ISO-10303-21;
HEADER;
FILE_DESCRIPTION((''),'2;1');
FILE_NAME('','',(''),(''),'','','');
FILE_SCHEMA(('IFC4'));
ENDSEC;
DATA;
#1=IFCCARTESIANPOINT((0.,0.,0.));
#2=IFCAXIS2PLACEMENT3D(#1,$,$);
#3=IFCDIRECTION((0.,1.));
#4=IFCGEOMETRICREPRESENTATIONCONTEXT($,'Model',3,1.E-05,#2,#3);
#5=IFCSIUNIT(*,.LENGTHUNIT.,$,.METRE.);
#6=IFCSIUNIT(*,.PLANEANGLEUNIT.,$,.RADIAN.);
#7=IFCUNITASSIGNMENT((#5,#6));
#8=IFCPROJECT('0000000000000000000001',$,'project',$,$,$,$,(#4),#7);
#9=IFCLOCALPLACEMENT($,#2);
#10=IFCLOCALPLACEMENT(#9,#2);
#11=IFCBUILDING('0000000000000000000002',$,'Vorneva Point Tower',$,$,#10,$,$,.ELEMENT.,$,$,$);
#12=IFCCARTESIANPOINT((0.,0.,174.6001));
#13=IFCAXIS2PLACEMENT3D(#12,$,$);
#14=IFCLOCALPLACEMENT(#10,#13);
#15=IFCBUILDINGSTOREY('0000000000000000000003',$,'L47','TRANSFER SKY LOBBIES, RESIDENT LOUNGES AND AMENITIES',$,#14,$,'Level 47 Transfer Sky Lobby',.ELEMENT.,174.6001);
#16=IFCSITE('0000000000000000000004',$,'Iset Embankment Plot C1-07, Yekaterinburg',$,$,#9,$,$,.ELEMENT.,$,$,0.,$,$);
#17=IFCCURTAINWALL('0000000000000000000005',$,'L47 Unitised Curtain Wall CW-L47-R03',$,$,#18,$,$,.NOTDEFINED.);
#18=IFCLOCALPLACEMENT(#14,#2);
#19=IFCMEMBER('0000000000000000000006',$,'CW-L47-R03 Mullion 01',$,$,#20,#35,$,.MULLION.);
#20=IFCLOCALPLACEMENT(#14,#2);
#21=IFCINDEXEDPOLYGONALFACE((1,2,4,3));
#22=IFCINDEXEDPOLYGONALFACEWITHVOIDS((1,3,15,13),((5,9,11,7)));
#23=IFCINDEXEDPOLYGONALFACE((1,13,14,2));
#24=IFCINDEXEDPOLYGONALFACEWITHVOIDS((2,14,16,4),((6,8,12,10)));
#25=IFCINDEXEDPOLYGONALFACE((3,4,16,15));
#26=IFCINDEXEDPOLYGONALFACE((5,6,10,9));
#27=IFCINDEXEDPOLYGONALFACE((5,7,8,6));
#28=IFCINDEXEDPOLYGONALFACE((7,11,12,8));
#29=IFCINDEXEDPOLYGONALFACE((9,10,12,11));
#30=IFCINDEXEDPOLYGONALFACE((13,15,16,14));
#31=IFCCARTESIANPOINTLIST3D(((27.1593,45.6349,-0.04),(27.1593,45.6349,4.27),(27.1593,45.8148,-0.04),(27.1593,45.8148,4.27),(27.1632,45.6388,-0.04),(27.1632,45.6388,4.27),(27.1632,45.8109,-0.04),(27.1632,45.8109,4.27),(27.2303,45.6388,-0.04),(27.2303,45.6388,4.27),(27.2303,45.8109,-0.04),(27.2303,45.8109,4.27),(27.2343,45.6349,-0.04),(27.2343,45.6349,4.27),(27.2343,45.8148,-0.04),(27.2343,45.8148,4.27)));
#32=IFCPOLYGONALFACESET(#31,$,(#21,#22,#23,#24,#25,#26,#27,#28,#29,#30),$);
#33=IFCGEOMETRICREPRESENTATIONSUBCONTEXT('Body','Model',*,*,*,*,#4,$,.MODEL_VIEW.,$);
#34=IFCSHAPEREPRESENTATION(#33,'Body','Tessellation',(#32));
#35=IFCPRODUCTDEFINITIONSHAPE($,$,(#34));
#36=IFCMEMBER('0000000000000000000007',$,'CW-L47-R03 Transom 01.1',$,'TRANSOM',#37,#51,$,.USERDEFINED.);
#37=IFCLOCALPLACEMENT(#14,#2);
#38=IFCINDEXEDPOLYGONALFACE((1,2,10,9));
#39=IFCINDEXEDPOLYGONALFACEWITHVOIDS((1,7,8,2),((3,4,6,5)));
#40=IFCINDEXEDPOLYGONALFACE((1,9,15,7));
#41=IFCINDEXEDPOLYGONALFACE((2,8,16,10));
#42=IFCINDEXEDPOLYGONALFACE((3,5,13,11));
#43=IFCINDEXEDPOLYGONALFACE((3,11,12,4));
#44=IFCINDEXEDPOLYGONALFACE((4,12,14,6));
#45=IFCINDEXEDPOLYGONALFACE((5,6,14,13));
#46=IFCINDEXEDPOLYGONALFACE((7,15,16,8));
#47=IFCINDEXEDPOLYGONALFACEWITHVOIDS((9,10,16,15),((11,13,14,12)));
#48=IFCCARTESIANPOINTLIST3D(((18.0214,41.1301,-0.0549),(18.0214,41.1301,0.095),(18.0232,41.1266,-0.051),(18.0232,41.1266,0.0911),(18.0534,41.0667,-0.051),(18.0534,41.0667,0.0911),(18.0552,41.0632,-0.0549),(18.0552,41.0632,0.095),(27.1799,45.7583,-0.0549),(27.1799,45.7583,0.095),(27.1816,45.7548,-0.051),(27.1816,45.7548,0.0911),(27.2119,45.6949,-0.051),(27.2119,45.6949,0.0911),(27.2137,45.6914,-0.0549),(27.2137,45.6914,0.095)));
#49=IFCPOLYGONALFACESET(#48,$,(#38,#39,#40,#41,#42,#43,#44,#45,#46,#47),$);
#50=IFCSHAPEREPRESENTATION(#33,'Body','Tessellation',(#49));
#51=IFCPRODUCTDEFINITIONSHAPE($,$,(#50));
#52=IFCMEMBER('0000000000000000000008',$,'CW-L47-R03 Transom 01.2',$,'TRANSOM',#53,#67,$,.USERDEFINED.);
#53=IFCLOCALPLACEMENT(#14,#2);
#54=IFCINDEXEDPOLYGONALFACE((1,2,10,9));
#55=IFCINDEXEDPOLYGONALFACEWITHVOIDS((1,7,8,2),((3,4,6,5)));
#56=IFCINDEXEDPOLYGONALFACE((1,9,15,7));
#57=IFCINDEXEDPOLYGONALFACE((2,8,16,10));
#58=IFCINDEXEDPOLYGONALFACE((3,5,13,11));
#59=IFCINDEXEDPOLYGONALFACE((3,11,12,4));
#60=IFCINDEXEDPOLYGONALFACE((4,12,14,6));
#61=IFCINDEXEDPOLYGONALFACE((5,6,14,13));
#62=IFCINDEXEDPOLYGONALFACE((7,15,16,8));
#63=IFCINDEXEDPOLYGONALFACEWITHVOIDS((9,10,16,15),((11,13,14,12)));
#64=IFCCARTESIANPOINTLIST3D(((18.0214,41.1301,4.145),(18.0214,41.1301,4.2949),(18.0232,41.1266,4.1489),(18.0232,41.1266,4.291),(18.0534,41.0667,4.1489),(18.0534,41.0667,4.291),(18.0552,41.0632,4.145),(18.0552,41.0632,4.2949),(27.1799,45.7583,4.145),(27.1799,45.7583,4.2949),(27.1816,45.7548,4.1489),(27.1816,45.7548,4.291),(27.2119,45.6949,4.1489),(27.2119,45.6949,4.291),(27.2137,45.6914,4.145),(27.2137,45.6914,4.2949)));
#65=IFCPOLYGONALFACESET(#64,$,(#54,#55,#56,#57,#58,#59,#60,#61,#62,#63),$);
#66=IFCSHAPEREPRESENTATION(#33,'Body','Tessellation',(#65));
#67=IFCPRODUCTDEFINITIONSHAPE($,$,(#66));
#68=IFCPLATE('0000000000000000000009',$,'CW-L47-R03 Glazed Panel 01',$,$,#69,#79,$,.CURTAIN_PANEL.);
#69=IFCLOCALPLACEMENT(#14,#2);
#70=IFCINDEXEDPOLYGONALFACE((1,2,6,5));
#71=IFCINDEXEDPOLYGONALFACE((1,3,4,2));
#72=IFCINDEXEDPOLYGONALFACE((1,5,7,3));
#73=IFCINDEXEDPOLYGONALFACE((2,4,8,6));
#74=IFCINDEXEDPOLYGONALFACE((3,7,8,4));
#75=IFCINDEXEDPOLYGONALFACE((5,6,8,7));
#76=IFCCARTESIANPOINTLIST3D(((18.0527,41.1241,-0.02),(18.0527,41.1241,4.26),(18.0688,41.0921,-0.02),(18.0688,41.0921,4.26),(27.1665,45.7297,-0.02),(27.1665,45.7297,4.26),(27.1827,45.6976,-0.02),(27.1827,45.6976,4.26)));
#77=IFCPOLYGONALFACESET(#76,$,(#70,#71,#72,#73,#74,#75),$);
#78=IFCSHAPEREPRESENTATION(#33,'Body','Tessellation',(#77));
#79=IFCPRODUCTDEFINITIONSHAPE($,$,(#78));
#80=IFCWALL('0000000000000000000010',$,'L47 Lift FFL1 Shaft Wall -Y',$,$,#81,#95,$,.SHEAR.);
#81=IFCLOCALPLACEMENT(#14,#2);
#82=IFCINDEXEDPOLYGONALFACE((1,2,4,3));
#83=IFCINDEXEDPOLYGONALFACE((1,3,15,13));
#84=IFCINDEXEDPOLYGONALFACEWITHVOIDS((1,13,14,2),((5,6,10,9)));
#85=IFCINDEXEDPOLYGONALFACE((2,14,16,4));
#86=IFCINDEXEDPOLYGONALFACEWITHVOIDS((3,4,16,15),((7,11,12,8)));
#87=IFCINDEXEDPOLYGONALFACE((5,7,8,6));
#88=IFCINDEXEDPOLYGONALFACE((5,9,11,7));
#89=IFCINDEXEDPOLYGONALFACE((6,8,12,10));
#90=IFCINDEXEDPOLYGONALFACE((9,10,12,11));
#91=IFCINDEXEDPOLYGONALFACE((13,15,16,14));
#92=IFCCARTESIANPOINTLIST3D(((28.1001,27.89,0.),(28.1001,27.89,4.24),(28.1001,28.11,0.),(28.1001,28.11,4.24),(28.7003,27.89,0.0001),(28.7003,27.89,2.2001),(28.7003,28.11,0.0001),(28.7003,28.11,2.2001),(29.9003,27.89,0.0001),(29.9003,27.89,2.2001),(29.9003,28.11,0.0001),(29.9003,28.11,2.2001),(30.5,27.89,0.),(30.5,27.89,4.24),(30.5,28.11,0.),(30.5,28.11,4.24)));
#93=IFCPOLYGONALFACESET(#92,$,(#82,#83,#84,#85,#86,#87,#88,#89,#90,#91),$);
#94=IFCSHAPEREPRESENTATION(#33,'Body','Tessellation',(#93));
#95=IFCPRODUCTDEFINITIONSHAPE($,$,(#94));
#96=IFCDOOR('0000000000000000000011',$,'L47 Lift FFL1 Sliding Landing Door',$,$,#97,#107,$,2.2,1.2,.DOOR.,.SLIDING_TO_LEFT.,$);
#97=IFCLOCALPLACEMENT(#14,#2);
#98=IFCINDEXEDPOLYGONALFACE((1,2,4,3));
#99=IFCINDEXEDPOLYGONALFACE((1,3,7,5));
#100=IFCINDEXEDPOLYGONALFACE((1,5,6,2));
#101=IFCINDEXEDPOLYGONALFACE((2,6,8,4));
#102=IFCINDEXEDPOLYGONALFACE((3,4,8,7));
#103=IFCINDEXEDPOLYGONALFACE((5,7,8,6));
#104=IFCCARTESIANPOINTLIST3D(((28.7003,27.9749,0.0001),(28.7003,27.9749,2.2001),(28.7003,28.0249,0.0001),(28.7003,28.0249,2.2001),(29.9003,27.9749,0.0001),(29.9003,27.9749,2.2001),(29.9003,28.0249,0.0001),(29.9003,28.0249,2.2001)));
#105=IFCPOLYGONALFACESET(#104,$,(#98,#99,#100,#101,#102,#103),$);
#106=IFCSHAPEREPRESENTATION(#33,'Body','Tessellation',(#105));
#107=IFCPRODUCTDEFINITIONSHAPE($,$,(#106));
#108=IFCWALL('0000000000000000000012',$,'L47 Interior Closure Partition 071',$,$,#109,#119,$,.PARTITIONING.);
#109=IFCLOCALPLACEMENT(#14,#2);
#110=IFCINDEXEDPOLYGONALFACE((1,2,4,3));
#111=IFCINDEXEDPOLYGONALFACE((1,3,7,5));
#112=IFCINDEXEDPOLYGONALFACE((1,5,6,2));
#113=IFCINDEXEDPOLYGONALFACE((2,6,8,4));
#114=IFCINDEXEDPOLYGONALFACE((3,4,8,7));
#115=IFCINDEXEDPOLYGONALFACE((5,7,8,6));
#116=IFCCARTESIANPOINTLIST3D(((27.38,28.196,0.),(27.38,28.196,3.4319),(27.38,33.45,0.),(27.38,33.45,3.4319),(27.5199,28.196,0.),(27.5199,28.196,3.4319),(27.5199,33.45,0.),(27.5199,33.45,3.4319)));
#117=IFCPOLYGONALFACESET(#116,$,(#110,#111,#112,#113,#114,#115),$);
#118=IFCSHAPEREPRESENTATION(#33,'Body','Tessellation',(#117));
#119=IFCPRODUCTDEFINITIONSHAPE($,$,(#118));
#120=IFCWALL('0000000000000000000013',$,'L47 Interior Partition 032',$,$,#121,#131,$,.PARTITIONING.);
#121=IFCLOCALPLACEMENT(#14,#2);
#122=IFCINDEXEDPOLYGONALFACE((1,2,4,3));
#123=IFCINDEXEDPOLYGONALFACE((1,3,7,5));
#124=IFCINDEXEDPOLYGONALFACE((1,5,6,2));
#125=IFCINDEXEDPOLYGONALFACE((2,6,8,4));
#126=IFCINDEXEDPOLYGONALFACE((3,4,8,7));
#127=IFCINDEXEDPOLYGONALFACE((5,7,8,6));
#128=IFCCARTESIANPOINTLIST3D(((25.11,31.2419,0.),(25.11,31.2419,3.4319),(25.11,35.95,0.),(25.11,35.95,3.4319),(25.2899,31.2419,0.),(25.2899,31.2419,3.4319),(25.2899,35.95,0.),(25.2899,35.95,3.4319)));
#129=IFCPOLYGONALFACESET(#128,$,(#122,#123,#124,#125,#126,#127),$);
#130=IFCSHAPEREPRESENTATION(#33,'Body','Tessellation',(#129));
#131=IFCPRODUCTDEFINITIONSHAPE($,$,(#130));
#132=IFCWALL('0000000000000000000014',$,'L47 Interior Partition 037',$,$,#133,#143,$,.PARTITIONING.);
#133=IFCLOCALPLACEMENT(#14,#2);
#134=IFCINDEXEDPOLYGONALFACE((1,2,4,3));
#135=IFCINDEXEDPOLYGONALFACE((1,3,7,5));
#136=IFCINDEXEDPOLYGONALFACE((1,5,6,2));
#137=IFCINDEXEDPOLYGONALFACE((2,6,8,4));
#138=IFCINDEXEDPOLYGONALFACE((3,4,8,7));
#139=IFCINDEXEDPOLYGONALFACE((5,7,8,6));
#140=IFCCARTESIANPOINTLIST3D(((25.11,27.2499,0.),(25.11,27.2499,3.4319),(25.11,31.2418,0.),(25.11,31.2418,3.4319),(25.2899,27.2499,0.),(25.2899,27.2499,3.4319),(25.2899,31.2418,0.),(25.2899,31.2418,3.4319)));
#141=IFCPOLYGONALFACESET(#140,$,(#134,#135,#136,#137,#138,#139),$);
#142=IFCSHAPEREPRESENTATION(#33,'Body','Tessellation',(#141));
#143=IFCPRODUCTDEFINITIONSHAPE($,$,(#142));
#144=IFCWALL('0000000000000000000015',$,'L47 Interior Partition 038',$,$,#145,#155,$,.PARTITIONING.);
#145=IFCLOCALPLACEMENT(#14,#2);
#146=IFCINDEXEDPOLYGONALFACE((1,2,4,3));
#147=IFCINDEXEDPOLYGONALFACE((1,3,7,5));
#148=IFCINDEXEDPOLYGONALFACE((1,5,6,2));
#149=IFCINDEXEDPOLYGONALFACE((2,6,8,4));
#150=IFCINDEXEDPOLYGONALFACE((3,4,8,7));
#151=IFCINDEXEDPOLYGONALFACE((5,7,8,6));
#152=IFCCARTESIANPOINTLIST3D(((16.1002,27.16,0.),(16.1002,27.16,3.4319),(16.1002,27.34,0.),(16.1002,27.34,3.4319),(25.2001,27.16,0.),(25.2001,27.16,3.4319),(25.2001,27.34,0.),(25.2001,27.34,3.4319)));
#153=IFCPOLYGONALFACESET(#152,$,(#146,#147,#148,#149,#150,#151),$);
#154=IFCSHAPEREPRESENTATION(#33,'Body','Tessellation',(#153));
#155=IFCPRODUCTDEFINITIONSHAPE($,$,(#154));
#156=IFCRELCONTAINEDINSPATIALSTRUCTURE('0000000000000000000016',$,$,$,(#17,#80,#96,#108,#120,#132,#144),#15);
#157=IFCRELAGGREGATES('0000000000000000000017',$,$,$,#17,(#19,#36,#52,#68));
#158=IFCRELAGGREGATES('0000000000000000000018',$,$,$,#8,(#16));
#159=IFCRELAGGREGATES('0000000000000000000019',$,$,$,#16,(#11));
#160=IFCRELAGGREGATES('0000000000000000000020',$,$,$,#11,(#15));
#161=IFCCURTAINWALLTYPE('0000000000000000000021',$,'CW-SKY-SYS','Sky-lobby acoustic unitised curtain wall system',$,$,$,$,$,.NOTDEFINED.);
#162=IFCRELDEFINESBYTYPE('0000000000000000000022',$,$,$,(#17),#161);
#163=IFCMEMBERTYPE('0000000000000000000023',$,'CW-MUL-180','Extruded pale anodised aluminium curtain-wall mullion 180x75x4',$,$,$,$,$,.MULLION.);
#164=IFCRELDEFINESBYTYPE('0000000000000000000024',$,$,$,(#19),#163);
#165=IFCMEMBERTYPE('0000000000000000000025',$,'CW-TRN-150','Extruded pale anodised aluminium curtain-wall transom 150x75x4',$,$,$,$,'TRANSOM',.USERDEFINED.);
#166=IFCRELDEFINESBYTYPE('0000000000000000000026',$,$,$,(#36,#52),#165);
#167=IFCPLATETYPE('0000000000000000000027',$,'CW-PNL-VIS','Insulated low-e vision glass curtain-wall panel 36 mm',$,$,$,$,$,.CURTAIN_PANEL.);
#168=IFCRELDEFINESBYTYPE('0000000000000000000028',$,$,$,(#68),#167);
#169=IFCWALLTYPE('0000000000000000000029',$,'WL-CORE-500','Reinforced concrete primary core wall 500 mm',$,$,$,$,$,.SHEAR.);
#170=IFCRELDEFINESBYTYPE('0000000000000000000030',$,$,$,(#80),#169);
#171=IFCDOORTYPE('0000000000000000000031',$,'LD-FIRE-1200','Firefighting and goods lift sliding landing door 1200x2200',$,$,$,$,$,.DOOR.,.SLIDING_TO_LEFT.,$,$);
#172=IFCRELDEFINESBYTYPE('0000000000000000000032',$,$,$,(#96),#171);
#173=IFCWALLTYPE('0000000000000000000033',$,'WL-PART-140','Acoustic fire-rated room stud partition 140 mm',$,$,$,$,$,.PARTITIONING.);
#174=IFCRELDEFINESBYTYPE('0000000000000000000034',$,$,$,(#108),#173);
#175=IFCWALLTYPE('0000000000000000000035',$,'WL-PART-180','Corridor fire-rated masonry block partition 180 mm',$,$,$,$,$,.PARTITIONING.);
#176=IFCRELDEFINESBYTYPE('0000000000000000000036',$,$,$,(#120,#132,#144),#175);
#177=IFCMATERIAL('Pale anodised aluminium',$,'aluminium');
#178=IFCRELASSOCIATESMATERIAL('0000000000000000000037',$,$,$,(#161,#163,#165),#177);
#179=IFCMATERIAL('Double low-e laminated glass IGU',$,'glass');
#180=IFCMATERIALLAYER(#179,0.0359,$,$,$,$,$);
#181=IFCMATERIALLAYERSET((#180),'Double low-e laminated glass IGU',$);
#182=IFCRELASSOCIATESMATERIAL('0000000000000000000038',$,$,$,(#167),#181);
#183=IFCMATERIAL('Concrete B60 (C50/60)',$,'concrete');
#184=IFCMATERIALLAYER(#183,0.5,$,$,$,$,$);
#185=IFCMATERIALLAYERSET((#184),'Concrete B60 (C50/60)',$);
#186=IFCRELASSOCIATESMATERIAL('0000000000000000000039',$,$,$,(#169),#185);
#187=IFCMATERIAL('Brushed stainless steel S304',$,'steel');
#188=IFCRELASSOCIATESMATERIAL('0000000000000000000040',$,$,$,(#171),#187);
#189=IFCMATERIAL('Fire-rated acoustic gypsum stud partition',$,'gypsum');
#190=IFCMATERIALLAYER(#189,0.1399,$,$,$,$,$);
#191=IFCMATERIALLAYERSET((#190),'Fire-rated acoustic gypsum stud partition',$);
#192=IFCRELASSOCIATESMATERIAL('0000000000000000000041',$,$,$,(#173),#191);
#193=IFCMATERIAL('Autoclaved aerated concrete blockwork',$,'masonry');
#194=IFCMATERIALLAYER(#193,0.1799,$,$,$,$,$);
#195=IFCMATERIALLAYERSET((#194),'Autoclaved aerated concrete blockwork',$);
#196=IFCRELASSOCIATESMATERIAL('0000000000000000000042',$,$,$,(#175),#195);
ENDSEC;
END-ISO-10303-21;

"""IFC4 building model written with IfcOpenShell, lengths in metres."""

from ifc_helpers import new_model, si_unit, direction, frame, frame_2d, origin, origin_2d, place, context, subcontext, project, spatial, rectangle, hollow_rectangle, extrude, material, layer, layer_set, material_profile, profile_set, type_object, element, fill, aggregate, save


model = new_model("IFC4")

# Units and contexts
model_context = context("Model", 3, precision=1e-05, world=origin(), true_north=direction((0.0, 1.0)))
body_context = subcontext(model_context, "Body", "Model", "MODEL_VIEW")
ifc_project = project(units=[si_unit("LENGTHUNIT", "METRE"), si_unit("PLANEANGLEUNIT", "RADIAN")], contexts=[model_context])

# Site, building, storey
site_placement = place(None, origin())
site = spatial("IfcSite", under=ifc_project, at=site_placement, Name="Iset Embankment Plot C1-07, Yekaterinburg", CompositionType="ELEMENT", RefElevation=0.0)
building_placement = place(site_placement, origin())
building = spatial("IfcBuilding", under=site, at=building_placement, Name="Vorneva Point Tower", CompositionType="ELEMENT")
storey_placement = place(building_placement, frame((0.0, 0.0, 174.6001)))
storey = spatial("IfcBuildingStorey", under=building, at=storey_placement, Name="L47", Description="TRANSFER SKY LOBBIES, RESIDENT LOUNGES AND AMENITIES", LongName="Level 47 Transfer Sky Lobby", CompositionType="ELEMENT", Elevation=174.6001)

# Shared definitions
ifc_material_1 = material(Name="Concrete B60 (C50/60)", Category="concrete")

# Curtain wall, members, plate
ifc_material_2 = material(Name="Pale anodised aluminium", Category="aluminium")
curtain_wall_type = type_object("IfcCurtainWallType", Name="CW-SKY-SYS", Description="Sky-lobby acoustic unitised curtain wall system", PredefinedType="NOTDEFINED", material=ifc_material_2)
curtain_wall_placement = place(storey_placement, origin())
curtain_wall = element("IfcCurtainWall", 1, at=curtain_wall_placement, inside=storey, type_object=curtain_wall_type, Name="L47 Unitised Curtain Wall CW-L47-R03", PredefinedType="NOTDEFINED")
ifc_material_profile_1 = material_profile(ifc_material_2, hollow_rectangle(XDim=0.075, YDim=0.1799, WallThickness=0.0039, at=origin_2d()), Name="AL-MUL 180x75x4")
ifc_profile_set_1 = profile_set([ifc_material_profile_1], Name="Pale anodised aluminium")
member_type_1 = type_object("IfcMemberType", Name="CW-MUL-180", Description="Extruded pale anodised aluminium curtain-wall mullion 180x75x4", PredefinedType="MULLION", material=ifc_profile_set_1)
member_1_placement = place(storey_placement, frame((27.1968, 45.7249, -0.04), z_axis=(0.0, 0.0, 1.0), x_axis=(1.0, 0.0, 0.0)))
member_1 = element("IfcMember", 2, at=member_1_placement, type_object=member_type_1, Name="CW-L47-R03 Mullion 01", PredefinedType="MULLION", context=body_context, shape_type="SweptSolid", body=[
    extrude(hollow_rectangle(XDim=0.075, YDim=0.1799, WallThickness=0.0039, at=origin_2d()), origin(), (0.0, 0.0, 1.0), 4.3101),
])
ifc_material_profile_2 = material_profile(ifc_material_2, hollow_rectangle(XDim=0.075, YDim=0.1499, WallThickness=0.0039, at=origin_2d()), Name="AL-TRN 150x75x4")
ifc_profile_set_2 = profile_set([ifc_material_profile_2], Name="Pale anodised aluminium")
member_type_2 = type_object("IfcMemberType", Name="CW-TRN-150", Description="Extruded pale anodised aluminium curtain-wall transom 150x75x4", ElementType="TRANSOM", PredefinedType="USERDEFINED", material=ifc_profile_set_2)
member_2_placement = place(storey_placement, frame((27.1968, 45.7249, 0.02), z_axis=(-0.892511, -0.451026, 0.0), x_axis=(0.451026, -0.892511, 0.0)))
member_2 = element("IfcMember", 3, at=member_2_placement, type_object=member_type_2, Name="CW-L47-R03 Transom 01.1", ObjectType="TRANSOM", PredefinedType="USERDEFINED", context=body_context, shape_type="SweptSolid", body=[
    extrude(hollow_rectangle(XDim=0.075, YDim=0.1499, WallThickness=0.0039, at=origin_2d()), origin(), (0.0, 0.0, 1.0), 10.2615),
])
member_3_placement = place(storey_placement, frame((27.1968, 45.7249, 4.22), z_axis=(-0.892511, -0.451026, 0.0), x_axis=(0.451026, -0.892511, 0.0)))
member_3 = element("IfcMember", 4, at=member_3_placement, type_object=member_type_2, Name="CW-L47-R03 Transom 01.2", ObjectType="TRANSOM", PredefinedType="USERDEFINED", context=body_context, shape_type="SweptSolid", body=[
    extrude(hollow_rectangle(XDim=0.075, YDim=0.1499, WallThickness=0.0039, at=origin_2d()), origin(), (0.0, 0.0, 1.0), 10.2615),
])
ifc_material_3 = material(Name="Double low-e laminated glass IGU", Category="glass")
ifc_layer_1 = layer(ifc_material_3, 0.0359)
ifc_layer_set_1 = layer_set([ifc_layer_1], Name="Double low-e laminated glass IGU")
plate_type = type_object("IfcPlateType", Name="CW-PNL-VIS", Description="Insulated low-e vision glass curtain-wall panel 36 mm", PredefinedType="CURTAIN_PANEL", material=ifc_layer_set_1)
plate_placement = place(storey_placement, frame((22.6177, 43.4109, -0.02), z_axis=(0.0, 0.0, 1.0), x_axis=(-0.892515, -0.451018, 0.0)))
plate = element("IfcPlate", 5, at=plate_placement, type_object=plate_type, Name="CW-L47-R03 Glazed Panel 01", PredefinedType="CURTAIN_PANEL", context=body_context, shape_type="SweptSolid", body=[
    extrude(rectangle(XDim=10.2114, YDim=0.0359, at=origin_2d()), origin(), (0.0, 0.0, 1.0), 4.28),
])
aggregate(curtain_wall, [member_1, member_2, member_3, plate])

# Wall, opening, door
ifc_layer_2 = layer(ifc_material_1, 0.5)
ifc_layer_set_2 = layer_set([ifc_layer_2], Name="Concrete B60 (C50/60)")
wall_type_1 = type_object("IfcWallType", Name="WL-CORE-500", Description="Reinforced concrete primary core wall 500 mm", PredefinedType="SHEAR", material=ifc_layer_set_2)
wall_1_placement = place(storey_placement, frame((28.1001, 28.0, 0.0), z_axis=(0.0, 0.0, 1.0), x_axis=(1.0, 0.0, 0.0)))
wall_1 = element("IfcWall", 6, at=wall_1_placement, inside=storey, type_object=wall_type_1, Name="L47 Lift FFL1 Shaft Wall -Y", PredefinedType="SHEAR", context=body_context, shape_type="SweptSolid", body=[
    extrude(rectangle(XDim=2.3999, YDim=0.22, at=frame_2d((1.2, 0.0))), origin(), (0.0, 0.0, 1.0), 4.24),
])
opening_1_placement = place(wall_1_placement, frame((0.6001, 0.0, 0.0)))
opening_1 = element("IfcOpeningElement", 7, at=opening_1_placement, cuts=wall_1, PredefinedType="OPENING", context=body_context, shape_type="SweptSolid", body=[
    extrude(rectangle(XDim=1.2, YDim=2.2, at=frame_2d((0.6001, 1.1001))), frame((0.0, 0.125, 0.0), z_axis=(0.0, -1.0, 0.0), x_axis=(1.0, 0.0, 0.0)), (0.0, 0.0, 1.0), 0.2498),
])
ifc_material_4 = material(Name="Brushed stainless steel S304", Category="steel")
door_type_1 = type_object("IfcDoorType", Name="LD-FIRE-1200", Description="Firefighting and goods lift sliding landing door 1200x2200", OperationType="SLIDING_TO_LEFT", PredefinedType="DOOR", material=ifc_material_4)
door_1_placement = place(opening_1_placement, origin())
door_1 = element("IfcDoor", 8, at=door_1_placement, inside=storey, type_object=door_type_1, Name="L47 Lift FFL1 Sliding Landing Door", OperationType="SLIDING_TO_LEFT", OverallHeight=2.2, OverallWidth=1.2, PredefinedType="DOOR", context=body_context, shape_type="SweptSolid", body=[
    extrude(rectangle(XDim=1.2, YDim=2.2, at=frame_2d((0.6001, 1.1001))), frame((0.0, 0.0249, 0.0), z_axis=(0.0, -1.0, 0.0), x_axis=(1.0, 0.0, 0.0)), (0.0, 0.0, 1.0), 0.05),
])
fill(opening_1, door_1)

# Wall
ifc_material_5 = material(Name="Fire-rated acoustic gypsum stud partition", Category="gypsum")
ifc_layer_3 = layer(ifc_material_5, 0.1399)
ifc_layer_set_3 = layer_set([ifc_layer_3], Name="Fire-rated acoustic gypsum stud partition")
wall_type_2 = type_object("IfcWallType", Name="WL-PART-140", Description="Acoustic fire-rated room stud partition 140 mm", PredefinedType="PARTITIONING", material=ifc_layer_set_3)
wall_2_placement = place(storey_placement, frame((27.45, 33.45, 0.0), z_axis=(0.0, 0.0, 1.0), x_axis=(0.0, -1.0, 0.0)))
element("IfcWall", 9, at=wall_2_placement, inside=storey, type_object=wall_type_2, Name="L47 Interior Closure Partition 071", PredefinedType="PARTITIONING", context=body_context, shape_type="SweptSolid", body=[
    extrude(rectangle(XDim=5.2539, YDim=0.1399, at=frame_2d((2.627, 0.0))), origin(), (0.0, 0.0, 1.0), 3.4319),
])

# Shared definitions
ifc_material_6 = material(Name="Autoclaved aerated concrete blockwork", Category="masonry")
ifc_layer_4 = layer(ifc_material_6, 0.1799)
ifc_layer_set_4 = layer_set([ifc_layer_4], Name="Autoclaved aerated concrete blockwork")
wall_type_3 = type_object("IfcWallType", Name="WL-PART-180", Description="Corridor fire-rated masonry block partition 180 mm", PredefinedType="PARTITIONING", material=ifc_layer_set_4)

# Walls
wall_3_placement = place(storey_placement, frame((25.2, 35.95, 0.0), z_axis=(0.0, 0.0, 1.0), x_axis=(0.0, -1.0, 0.0)))
element("IfcWall", 10, at=wall_3_placement, inside=storey, type_object=wall_type_3, Name="L47 Interior Partition 032", PredefinedType="PARTITIONING", context=body_context, shape_type="SweptSolid", body=[
    extrude(rectangle(XDim=4.708, YDim=0.1799, at=frame_2d((2.354, 0.0))), origin(), (0.0, 0.0, 1.0), 3.4319),
])
wall_4_placement = place(storey_placement, frame((25.2, 31.2419, 0.0), z_axis=(0.0, 0.0, 1.0), x_axis=(0.0, -1.0, 0.0)))
element("IfcWall", 11, at=wall_4_placement, inside=storey, type_object=wall_type_3, Name="L47 Interior Partition 037", PredefinedType="PARTITIONING", context=body_context, shape_type="SweptSolid", body=[
    extrude(rectangle(XDim=3.9919, YDim=0.1799, at=frame_2d((1.9961, 0.0))), origin(), (0.0, 0.0, 1.0), 3.4319),
])
wall_5_placement = place(storey_placement, frame((25.2, 27.25, 0.0), z_axis=(0.0, 0.0, 1.0), x_axis=(-1.0, 0.0, 0.0)))
element("IfcWall", 12, at=wall_5_placement, inside=storey, type_object=wall_type_3, Name="L47 Interior Partition 038", PredefinedType="PARTITIONING", context=body_context, shape_type="SweptSolid", body=[
    extrude(rectangle(XDim=9.0999, YDim=0.1799, at=frame_2d((4.5498, 0.0))), origin(), (0.0, 0.0, 1.0), 3.4319),
])

save(model, "model.ifc")
